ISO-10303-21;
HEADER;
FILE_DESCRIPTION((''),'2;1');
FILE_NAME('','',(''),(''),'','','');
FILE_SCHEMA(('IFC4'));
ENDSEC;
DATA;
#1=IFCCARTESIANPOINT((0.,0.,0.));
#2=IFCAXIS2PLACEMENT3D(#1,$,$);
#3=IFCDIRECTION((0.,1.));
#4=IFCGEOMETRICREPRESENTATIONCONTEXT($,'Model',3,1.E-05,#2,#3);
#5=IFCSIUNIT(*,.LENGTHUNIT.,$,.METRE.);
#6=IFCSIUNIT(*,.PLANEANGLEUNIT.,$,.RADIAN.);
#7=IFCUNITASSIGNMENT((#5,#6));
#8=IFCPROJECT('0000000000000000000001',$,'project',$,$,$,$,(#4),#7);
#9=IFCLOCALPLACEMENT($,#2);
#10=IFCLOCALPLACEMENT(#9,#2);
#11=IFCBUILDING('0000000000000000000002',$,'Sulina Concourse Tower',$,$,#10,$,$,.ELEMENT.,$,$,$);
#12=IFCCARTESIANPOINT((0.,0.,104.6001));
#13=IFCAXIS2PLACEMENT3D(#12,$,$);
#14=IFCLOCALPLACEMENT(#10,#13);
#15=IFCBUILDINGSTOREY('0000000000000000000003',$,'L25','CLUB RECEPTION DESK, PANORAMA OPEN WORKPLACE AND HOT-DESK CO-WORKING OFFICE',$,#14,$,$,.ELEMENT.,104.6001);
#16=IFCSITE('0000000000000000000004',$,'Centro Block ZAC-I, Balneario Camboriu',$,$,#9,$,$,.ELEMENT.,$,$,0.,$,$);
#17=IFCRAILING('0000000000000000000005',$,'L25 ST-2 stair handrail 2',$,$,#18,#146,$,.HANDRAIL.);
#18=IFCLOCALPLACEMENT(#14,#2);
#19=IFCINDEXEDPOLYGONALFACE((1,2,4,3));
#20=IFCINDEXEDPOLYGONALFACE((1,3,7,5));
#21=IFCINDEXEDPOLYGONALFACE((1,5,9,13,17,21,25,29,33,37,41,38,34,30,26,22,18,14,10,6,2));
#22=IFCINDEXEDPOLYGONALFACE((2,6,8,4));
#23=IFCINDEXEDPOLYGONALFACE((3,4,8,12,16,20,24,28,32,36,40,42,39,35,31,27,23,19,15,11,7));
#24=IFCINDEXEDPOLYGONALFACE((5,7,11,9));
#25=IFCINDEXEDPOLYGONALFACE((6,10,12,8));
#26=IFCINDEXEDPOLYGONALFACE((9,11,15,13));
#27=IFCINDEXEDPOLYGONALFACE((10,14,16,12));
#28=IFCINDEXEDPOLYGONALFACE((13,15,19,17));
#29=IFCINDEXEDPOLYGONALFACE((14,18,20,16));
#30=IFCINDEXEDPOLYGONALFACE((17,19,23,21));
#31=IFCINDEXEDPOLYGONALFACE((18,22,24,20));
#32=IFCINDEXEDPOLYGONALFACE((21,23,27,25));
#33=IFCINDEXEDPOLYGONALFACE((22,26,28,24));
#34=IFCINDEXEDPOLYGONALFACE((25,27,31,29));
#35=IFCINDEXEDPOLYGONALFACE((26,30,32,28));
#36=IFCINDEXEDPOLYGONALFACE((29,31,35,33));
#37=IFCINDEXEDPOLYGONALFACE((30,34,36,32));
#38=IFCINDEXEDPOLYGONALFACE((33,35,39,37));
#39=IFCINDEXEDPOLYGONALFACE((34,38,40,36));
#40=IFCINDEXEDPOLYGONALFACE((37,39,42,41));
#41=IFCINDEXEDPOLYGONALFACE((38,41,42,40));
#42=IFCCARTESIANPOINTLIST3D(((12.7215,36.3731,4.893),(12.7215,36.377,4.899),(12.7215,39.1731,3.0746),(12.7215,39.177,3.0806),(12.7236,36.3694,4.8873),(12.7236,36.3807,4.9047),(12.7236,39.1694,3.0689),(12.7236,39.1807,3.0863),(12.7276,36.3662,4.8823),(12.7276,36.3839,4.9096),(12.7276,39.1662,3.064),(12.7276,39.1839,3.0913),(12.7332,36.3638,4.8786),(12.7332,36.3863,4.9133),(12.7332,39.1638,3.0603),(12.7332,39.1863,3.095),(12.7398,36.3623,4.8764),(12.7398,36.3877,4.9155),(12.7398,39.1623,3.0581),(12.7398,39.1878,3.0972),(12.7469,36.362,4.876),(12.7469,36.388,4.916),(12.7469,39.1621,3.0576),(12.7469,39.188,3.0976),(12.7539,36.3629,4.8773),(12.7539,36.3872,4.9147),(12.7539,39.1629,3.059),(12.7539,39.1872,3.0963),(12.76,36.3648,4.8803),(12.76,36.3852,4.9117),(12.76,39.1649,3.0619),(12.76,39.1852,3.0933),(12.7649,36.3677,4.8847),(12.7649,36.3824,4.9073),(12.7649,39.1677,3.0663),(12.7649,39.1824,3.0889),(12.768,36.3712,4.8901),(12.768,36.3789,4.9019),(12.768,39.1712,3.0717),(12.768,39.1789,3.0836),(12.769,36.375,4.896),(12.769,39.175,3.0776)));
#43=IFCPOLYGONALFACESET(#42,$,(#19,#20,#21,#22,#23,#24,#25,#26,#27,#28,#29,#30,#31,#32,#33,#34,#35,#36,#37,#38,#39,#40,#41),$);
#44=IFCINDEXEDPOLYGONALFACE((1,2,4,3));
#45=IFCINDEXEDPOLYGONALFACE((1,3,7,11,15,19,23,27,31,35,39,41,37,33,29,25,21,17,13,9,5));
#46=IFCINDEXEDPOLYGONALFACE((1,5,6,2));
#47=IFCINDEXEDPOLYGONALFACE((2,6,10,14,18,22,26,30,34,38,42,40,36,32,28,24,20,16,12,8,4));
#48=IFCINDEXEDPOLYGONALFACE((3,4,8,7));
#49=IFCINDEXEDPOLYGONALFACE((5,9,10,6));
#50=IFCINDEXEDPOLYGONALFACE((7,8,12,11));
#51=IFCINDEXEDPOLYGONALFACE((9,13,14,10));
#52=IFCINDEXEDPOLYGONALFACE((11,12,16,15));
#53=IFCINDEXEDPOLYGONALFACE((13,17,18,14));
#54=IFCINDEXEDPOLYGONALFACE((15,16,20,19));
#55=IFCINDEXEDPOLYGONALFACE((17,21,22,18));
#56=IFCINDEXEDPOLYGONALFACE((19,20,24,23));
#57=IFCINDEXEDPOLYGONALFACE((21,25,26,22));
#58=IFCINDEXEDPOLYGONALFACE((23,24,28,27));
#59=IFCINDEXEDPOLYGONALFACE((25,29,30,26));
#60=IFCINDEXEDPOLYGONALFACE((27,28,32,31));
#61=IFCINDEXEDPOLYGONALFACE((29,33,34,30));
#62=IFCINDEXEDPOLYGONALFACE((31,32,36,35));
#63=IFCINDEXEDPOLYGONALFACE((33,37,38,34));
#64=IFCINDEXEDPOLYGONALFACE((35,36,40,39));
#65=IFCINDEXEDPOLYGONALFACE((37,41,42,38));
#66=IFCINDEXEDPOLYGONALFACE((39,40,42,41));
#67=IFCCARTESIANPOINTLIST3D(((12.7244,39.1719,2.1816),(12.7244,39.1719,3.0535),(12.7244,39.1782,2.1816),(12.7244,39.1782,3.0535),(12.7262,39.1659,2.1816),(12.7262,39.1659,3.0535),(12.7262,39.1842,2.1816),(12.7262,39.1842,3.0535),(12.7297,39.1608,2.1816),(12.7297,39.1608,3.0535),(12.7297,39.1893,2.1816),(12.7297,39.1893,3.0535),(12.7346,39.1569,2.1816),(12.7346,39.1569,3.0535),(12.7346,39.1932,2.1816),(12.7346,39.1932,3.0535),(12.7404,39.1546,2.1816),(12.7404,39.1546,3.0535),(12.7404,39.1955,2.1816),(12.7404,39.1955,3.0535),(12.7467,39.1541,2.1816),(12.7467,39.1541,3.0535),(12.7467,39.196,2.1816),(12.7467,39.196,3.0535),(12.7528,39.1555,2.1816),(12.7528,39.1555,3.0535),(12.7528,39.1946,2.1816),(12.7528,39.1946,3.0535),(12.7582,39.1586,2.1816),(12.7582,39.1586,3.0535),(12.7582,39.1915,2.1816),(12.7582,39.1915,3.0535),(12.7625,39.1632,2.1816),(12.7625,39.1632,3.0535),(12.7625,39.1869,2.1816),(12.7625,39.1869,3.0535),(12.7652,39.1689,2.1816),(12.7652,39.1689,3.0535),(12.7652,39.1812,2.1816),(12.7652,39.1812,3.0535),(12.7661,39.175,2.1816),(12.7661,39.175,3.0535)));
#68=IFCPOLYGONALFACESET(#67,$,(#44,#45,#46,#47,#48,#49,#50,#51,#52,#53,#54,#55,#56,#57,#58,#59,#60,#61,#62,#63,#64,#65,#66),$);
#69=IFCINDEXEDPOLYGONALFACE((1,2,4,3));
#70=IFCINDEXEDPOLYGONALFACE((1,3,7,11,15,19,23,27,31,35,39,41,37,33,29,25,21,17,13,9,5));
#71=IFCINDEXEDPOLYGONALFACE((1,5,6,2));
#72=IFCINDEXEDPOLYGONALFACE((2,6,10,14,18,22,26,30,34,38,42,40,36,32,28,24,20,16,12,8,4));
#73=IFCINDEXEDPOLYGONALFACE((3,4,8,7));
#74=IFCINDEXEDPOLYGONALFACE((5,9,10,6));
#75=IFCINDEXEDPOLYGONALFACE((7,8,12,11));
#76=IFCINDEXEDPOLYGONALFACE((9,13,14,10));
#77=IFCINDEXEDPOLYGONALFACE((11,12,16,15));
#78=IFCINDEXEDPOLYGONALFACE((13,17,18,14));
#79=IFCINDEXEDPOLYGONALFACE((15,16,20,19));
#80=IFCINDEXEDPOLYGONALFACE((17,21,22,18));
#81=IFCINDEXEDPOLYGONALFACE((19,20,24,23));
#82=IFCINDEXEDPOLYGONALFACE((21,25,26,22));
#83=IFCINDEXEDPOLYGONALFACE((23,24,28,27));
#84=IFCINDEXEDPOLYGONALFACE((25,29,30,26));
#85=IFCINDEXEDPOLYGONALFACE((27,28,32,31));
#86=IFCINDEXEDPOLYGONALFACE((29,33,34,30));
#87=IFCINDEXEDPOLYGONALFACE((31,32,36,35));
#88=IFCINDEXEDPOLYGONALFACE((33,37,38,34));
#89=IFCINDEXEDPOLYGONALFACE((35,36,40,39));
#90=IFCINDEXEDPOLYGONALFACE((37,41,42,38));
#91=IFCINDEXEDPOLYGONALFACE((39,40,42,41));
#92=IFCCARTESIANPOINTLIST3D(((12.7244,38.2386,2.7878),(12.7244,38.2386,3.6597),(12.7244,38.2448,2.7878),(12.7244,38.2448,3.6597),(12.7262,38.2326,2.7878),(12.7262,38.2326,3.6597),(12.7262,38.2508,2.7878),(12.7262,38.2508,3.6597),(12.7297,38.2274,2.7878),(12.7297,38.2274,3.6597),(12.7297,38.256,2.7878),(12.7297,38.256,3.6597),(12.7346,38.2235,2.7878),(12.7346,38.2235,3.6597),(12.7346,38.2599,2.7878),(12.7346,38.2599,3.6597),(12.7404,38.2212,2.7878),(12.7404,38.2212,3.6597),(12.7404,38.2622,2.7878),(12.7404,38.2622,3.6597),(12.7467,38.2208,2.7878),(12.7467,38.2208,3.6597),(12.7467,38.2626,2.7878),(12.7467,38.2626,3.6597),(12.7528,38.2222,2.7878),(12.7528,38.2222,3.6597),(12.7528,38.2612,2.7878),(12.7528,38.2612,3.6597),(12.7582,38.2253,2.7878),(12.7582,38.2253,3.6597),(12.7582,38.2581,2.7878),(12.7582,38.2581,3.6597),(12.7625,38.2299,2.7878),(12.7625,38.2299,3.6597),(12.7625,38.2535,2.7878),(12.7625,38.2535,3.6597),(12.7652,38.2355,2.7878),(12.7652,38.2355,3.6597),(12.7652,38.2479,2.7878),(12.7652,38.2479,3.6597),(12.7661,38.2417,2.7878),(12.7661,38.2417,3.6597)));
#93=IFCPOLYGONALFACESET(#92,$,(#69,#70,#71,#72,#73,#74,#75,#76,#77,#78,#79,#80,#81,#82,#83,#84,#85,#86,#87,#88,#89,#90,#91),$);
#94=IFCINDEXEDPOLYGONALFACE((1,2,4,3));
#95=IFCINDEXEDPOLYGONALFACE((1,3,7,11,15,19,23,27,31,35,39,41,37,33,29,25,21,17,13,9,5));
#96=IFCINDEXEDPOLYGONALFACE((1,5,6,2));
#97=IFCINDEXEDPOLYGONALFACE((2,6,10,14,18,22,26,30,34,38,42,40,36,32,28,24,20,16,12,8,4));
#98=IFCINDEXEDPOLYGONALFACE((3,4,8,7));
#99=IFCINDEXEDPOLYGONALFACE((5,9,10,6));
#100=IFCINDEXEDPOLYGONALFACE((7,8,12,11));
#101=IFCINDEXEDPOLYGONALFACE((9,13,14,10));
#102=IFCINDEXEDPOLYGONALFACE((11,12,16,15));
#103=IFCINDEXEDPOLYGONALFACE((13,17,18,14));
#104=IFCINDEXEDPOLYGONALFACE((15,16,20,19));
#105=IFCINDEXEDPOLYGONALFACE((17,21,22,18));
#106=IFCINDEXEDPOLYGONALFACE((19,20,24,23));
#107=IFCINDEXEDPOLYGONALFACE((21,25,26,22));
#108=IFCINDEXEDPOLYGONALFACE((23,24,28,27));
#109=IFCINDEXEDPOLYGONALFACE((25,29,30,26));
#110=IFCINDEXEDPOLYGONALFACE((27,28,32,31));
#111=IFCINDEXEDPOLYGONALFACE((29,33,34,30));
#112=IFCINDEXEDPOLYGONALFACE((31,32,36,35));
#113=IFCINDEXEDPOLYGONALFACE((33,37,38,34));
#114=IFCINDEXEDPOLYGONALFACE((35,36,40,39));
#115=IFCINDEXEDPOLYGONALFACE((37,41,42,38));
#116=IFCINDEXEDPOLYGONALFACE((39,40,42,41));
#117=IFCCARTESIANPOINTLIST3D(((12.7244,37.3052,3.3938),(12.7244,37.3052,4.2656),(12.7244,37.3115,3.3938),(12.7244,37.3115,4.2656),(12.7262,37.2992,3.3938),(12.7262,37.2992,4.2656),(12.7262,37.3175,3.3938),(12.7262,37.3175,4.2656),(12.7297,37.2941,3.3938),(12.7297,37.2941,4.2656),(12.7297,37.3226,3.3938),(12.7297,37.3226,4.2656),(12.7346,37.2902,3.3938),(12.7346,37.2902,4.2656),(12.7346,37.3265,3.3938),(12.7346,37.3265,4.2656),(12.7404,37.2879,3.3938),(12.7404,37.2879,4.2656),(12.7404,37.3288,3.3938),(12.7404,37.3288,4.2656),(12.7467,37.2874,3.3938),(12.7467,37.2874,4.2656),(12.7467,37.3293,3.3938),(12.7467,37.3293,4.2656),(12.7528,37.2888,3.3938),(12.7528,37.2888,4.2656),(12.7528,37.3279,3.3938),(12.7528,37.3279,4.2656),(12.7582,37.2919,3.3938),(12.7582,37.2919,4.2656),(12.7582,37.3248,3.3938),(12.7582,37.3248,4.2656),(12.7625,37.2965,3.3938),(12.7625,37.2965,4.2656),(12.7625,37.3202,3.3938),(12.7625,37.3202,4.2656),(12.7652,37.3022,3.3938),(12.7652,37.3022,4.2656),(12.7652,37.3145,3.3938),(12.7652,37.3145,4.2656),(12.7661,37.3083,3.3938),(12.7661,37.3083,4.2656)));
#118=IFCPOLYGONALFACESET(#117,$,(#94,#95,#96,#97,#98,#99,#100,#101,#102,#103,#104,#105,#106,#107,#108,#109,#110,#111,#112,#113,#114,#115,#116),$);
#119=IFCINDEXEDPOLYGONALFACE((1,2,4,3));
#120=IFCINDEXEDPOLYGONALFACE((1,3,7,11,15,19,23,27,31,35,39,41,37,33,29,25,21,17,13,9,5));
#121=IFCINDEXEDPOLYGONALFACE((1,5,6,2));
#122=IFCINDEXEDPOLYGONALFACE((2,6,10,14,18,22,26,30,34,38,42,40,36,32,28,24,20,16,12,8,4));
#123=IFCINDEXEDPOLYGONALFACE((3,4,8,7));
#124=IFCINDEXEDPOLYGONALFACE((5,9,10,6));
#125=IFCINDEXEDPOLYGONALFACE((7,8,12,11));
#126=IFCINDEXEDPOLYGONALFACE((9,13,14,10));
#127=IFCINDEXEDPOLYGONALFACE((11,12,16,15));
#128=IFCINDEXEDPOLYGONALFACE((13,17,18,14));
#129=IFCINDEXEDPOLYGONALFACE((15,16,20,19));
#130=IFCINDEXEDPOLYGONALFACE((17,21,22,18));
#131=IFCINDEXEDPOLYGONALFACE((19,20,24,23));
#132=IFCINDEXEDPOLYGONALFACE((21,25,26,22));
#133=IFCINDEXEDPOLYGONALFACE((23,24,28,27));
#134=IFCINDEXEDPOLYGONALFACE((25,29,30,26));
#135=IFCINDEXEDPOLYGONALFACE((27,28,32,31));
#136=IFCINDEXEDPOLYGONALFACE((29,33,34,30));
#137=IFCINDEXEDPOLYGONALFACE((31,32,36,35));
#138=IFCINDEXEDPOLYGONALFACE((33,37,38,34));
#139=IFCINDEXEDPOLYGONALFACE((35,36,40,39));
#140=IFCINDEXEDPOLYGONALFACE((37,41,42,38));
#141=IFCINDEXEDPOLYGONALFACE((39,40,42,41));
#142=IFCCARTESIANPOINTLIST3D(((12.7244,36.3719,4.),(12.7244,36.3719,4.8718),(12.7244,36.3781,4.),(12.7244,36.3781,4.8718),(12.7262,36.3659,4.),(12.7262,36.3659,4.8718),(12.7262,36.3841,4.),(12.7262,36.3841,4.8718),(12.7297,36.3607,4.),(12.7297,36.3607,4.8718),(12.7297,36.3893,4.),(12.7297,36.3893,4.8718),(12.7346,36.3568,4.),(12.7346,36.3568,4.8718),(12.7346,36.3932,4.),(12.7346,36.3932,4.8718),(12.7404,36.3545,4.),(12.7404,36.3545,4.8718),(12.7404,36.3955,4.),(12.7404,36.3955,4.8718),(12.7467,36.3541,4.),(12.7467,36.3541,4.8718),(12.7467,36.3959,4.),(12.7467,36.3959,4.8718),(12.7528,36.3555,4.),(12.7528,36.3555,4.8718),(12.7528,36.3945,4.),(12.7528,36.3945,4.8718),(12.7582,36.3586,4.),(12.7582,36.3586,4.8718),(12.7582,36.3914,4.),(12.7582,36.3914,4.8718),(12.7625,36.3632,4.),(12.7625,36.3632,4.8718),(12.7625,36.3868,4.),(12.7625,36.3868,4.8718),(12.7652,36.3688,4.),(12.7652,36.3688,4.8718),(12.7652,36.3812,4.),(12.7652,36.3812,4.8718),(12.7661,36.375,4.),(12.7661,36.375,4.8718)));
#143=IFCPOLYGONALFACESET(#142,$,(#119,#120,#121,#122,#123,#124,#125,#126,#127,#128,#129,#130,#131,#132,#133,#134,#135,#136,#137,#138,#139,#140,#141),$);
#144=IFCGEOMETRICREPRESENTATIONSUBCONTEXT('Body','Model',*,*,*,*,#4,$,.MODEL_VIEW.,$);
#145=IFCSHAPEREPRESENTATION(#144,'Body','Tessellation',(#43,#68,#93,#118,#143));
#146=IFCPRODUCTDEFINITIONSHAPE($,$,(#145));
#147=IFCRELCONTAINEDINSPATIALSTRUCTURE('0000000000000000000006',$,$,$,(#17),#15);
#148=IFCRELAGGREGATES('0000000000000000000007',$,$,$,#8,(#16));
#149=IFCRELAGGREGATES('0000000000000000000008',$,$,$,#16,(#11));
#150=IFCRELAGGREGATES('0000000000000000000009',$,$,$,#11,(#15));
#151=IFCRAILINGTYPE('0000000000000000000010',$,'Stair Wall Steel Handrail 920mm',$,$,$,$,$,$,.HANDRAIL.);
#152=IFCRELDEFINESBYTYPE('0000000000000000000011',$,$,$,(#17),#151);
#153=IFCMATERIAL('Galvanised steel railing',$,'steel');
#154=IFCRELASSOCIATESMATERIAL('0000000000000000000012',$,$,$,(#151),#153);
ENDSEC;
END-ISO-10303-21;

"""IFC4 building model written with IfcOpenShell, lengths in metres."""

from ifc_helpers import new_model, si_unit, direction, frame, origin, origin_2d, place, context, subcontext, project, spatial, circle, extrude, material, type_object, element, save


model = new_model("IFC4")

# Units and contexts
model_context = context("Model", 3, precision=1e-05, world=origin(), true_north=direction((0.0, 1.0)))
body_context = subcontext(model_context, "Body", "Model", "MODEL_VIEW")
ifc_project = project(units=[si_unit("LENGTHUNIT", "METRE"), si_unit("PLANEANGLEUNIT", "RADIAN")], contexts=[model_context])

# Site, building, storey
site_placement = place(None, origin())
site = spatial("IfcSite", under=ifc_project, at=site_placement, Name="Centro Block ZAC-I, Balneario Camboriu", CompositionType="ELEMENT", RefElevation=0.0)
building_placement = place(site_placement, origin())
building = spatial("IfcBuilding", under=site, at=building_placement, Name="Sulina Concourse Tower", CompositionType="ELEMENT")
storey_placement = place(building_placement, frame((0.0, 0.0, 104.6001)))
storey = spatial("IfcBuildingStorey", under=building, at=storey_placement, Name="L25", Description="CLUB RECEPTION DESK, PANORAMA OPEN WORKPLACE AND HOT-DESK CO-WORKING OFFICE", CompositionType="ELEMENT", Elevation=104.6001)

# Railing
ifc_material_1 = material(Name="Galvanised steel railing", Category="steel")
railing_type_1 = type_object("IfcRailingType", Name="Stair Wall Steel Handrail 920mm", PredefinedType="HANDRAIL", material=ifc_material_1)
railing_1_placement = place(storey_placement, frame((12.7451, 39.175, 2.1816)))
element("IfcRailing", 1, at=railing_1_placement, inside=storey, type_object=railing_type_1, Name="L25 ST-2 stair handrail 2", PredefinedType="HANDRAIL", context=body_context, shape_type="SweptSolid", body=[
    extrude(circle(Radius=0.0239, at=origin_2d()), frame((0.0, 0.0, 0.896), z_axis=(0.0, -0.838672, 0.544636), x_axis=(1.0, 0.0, 0.0)), (0.0, 0.0, 1.0), 3.3386),
    extrude(circle(Radius=0.021, at=origin_2d()), origin(), (0.0, 0.0, 1.0), 0.8718),
    extrude(circle(Radius=0.021, at=origin_2d()), frame((0.0, -0.9333, 0.6062)), (0.0, 0.0, 1.0), 0.8718),
    extrude(circle(Radius=0.021, at=origin_2d()), frame((0.0, -1.8667, 1.2122)), (0.0, 0.0, 1.0), 0.8718),
    extrude(circle(Radius=0.021, at=origin_2d()), frame((0.0, -2.8, 1.8184)), (0.0, 0.0, 1.0), 0.8718),
])

save(model, "model.ifc")
